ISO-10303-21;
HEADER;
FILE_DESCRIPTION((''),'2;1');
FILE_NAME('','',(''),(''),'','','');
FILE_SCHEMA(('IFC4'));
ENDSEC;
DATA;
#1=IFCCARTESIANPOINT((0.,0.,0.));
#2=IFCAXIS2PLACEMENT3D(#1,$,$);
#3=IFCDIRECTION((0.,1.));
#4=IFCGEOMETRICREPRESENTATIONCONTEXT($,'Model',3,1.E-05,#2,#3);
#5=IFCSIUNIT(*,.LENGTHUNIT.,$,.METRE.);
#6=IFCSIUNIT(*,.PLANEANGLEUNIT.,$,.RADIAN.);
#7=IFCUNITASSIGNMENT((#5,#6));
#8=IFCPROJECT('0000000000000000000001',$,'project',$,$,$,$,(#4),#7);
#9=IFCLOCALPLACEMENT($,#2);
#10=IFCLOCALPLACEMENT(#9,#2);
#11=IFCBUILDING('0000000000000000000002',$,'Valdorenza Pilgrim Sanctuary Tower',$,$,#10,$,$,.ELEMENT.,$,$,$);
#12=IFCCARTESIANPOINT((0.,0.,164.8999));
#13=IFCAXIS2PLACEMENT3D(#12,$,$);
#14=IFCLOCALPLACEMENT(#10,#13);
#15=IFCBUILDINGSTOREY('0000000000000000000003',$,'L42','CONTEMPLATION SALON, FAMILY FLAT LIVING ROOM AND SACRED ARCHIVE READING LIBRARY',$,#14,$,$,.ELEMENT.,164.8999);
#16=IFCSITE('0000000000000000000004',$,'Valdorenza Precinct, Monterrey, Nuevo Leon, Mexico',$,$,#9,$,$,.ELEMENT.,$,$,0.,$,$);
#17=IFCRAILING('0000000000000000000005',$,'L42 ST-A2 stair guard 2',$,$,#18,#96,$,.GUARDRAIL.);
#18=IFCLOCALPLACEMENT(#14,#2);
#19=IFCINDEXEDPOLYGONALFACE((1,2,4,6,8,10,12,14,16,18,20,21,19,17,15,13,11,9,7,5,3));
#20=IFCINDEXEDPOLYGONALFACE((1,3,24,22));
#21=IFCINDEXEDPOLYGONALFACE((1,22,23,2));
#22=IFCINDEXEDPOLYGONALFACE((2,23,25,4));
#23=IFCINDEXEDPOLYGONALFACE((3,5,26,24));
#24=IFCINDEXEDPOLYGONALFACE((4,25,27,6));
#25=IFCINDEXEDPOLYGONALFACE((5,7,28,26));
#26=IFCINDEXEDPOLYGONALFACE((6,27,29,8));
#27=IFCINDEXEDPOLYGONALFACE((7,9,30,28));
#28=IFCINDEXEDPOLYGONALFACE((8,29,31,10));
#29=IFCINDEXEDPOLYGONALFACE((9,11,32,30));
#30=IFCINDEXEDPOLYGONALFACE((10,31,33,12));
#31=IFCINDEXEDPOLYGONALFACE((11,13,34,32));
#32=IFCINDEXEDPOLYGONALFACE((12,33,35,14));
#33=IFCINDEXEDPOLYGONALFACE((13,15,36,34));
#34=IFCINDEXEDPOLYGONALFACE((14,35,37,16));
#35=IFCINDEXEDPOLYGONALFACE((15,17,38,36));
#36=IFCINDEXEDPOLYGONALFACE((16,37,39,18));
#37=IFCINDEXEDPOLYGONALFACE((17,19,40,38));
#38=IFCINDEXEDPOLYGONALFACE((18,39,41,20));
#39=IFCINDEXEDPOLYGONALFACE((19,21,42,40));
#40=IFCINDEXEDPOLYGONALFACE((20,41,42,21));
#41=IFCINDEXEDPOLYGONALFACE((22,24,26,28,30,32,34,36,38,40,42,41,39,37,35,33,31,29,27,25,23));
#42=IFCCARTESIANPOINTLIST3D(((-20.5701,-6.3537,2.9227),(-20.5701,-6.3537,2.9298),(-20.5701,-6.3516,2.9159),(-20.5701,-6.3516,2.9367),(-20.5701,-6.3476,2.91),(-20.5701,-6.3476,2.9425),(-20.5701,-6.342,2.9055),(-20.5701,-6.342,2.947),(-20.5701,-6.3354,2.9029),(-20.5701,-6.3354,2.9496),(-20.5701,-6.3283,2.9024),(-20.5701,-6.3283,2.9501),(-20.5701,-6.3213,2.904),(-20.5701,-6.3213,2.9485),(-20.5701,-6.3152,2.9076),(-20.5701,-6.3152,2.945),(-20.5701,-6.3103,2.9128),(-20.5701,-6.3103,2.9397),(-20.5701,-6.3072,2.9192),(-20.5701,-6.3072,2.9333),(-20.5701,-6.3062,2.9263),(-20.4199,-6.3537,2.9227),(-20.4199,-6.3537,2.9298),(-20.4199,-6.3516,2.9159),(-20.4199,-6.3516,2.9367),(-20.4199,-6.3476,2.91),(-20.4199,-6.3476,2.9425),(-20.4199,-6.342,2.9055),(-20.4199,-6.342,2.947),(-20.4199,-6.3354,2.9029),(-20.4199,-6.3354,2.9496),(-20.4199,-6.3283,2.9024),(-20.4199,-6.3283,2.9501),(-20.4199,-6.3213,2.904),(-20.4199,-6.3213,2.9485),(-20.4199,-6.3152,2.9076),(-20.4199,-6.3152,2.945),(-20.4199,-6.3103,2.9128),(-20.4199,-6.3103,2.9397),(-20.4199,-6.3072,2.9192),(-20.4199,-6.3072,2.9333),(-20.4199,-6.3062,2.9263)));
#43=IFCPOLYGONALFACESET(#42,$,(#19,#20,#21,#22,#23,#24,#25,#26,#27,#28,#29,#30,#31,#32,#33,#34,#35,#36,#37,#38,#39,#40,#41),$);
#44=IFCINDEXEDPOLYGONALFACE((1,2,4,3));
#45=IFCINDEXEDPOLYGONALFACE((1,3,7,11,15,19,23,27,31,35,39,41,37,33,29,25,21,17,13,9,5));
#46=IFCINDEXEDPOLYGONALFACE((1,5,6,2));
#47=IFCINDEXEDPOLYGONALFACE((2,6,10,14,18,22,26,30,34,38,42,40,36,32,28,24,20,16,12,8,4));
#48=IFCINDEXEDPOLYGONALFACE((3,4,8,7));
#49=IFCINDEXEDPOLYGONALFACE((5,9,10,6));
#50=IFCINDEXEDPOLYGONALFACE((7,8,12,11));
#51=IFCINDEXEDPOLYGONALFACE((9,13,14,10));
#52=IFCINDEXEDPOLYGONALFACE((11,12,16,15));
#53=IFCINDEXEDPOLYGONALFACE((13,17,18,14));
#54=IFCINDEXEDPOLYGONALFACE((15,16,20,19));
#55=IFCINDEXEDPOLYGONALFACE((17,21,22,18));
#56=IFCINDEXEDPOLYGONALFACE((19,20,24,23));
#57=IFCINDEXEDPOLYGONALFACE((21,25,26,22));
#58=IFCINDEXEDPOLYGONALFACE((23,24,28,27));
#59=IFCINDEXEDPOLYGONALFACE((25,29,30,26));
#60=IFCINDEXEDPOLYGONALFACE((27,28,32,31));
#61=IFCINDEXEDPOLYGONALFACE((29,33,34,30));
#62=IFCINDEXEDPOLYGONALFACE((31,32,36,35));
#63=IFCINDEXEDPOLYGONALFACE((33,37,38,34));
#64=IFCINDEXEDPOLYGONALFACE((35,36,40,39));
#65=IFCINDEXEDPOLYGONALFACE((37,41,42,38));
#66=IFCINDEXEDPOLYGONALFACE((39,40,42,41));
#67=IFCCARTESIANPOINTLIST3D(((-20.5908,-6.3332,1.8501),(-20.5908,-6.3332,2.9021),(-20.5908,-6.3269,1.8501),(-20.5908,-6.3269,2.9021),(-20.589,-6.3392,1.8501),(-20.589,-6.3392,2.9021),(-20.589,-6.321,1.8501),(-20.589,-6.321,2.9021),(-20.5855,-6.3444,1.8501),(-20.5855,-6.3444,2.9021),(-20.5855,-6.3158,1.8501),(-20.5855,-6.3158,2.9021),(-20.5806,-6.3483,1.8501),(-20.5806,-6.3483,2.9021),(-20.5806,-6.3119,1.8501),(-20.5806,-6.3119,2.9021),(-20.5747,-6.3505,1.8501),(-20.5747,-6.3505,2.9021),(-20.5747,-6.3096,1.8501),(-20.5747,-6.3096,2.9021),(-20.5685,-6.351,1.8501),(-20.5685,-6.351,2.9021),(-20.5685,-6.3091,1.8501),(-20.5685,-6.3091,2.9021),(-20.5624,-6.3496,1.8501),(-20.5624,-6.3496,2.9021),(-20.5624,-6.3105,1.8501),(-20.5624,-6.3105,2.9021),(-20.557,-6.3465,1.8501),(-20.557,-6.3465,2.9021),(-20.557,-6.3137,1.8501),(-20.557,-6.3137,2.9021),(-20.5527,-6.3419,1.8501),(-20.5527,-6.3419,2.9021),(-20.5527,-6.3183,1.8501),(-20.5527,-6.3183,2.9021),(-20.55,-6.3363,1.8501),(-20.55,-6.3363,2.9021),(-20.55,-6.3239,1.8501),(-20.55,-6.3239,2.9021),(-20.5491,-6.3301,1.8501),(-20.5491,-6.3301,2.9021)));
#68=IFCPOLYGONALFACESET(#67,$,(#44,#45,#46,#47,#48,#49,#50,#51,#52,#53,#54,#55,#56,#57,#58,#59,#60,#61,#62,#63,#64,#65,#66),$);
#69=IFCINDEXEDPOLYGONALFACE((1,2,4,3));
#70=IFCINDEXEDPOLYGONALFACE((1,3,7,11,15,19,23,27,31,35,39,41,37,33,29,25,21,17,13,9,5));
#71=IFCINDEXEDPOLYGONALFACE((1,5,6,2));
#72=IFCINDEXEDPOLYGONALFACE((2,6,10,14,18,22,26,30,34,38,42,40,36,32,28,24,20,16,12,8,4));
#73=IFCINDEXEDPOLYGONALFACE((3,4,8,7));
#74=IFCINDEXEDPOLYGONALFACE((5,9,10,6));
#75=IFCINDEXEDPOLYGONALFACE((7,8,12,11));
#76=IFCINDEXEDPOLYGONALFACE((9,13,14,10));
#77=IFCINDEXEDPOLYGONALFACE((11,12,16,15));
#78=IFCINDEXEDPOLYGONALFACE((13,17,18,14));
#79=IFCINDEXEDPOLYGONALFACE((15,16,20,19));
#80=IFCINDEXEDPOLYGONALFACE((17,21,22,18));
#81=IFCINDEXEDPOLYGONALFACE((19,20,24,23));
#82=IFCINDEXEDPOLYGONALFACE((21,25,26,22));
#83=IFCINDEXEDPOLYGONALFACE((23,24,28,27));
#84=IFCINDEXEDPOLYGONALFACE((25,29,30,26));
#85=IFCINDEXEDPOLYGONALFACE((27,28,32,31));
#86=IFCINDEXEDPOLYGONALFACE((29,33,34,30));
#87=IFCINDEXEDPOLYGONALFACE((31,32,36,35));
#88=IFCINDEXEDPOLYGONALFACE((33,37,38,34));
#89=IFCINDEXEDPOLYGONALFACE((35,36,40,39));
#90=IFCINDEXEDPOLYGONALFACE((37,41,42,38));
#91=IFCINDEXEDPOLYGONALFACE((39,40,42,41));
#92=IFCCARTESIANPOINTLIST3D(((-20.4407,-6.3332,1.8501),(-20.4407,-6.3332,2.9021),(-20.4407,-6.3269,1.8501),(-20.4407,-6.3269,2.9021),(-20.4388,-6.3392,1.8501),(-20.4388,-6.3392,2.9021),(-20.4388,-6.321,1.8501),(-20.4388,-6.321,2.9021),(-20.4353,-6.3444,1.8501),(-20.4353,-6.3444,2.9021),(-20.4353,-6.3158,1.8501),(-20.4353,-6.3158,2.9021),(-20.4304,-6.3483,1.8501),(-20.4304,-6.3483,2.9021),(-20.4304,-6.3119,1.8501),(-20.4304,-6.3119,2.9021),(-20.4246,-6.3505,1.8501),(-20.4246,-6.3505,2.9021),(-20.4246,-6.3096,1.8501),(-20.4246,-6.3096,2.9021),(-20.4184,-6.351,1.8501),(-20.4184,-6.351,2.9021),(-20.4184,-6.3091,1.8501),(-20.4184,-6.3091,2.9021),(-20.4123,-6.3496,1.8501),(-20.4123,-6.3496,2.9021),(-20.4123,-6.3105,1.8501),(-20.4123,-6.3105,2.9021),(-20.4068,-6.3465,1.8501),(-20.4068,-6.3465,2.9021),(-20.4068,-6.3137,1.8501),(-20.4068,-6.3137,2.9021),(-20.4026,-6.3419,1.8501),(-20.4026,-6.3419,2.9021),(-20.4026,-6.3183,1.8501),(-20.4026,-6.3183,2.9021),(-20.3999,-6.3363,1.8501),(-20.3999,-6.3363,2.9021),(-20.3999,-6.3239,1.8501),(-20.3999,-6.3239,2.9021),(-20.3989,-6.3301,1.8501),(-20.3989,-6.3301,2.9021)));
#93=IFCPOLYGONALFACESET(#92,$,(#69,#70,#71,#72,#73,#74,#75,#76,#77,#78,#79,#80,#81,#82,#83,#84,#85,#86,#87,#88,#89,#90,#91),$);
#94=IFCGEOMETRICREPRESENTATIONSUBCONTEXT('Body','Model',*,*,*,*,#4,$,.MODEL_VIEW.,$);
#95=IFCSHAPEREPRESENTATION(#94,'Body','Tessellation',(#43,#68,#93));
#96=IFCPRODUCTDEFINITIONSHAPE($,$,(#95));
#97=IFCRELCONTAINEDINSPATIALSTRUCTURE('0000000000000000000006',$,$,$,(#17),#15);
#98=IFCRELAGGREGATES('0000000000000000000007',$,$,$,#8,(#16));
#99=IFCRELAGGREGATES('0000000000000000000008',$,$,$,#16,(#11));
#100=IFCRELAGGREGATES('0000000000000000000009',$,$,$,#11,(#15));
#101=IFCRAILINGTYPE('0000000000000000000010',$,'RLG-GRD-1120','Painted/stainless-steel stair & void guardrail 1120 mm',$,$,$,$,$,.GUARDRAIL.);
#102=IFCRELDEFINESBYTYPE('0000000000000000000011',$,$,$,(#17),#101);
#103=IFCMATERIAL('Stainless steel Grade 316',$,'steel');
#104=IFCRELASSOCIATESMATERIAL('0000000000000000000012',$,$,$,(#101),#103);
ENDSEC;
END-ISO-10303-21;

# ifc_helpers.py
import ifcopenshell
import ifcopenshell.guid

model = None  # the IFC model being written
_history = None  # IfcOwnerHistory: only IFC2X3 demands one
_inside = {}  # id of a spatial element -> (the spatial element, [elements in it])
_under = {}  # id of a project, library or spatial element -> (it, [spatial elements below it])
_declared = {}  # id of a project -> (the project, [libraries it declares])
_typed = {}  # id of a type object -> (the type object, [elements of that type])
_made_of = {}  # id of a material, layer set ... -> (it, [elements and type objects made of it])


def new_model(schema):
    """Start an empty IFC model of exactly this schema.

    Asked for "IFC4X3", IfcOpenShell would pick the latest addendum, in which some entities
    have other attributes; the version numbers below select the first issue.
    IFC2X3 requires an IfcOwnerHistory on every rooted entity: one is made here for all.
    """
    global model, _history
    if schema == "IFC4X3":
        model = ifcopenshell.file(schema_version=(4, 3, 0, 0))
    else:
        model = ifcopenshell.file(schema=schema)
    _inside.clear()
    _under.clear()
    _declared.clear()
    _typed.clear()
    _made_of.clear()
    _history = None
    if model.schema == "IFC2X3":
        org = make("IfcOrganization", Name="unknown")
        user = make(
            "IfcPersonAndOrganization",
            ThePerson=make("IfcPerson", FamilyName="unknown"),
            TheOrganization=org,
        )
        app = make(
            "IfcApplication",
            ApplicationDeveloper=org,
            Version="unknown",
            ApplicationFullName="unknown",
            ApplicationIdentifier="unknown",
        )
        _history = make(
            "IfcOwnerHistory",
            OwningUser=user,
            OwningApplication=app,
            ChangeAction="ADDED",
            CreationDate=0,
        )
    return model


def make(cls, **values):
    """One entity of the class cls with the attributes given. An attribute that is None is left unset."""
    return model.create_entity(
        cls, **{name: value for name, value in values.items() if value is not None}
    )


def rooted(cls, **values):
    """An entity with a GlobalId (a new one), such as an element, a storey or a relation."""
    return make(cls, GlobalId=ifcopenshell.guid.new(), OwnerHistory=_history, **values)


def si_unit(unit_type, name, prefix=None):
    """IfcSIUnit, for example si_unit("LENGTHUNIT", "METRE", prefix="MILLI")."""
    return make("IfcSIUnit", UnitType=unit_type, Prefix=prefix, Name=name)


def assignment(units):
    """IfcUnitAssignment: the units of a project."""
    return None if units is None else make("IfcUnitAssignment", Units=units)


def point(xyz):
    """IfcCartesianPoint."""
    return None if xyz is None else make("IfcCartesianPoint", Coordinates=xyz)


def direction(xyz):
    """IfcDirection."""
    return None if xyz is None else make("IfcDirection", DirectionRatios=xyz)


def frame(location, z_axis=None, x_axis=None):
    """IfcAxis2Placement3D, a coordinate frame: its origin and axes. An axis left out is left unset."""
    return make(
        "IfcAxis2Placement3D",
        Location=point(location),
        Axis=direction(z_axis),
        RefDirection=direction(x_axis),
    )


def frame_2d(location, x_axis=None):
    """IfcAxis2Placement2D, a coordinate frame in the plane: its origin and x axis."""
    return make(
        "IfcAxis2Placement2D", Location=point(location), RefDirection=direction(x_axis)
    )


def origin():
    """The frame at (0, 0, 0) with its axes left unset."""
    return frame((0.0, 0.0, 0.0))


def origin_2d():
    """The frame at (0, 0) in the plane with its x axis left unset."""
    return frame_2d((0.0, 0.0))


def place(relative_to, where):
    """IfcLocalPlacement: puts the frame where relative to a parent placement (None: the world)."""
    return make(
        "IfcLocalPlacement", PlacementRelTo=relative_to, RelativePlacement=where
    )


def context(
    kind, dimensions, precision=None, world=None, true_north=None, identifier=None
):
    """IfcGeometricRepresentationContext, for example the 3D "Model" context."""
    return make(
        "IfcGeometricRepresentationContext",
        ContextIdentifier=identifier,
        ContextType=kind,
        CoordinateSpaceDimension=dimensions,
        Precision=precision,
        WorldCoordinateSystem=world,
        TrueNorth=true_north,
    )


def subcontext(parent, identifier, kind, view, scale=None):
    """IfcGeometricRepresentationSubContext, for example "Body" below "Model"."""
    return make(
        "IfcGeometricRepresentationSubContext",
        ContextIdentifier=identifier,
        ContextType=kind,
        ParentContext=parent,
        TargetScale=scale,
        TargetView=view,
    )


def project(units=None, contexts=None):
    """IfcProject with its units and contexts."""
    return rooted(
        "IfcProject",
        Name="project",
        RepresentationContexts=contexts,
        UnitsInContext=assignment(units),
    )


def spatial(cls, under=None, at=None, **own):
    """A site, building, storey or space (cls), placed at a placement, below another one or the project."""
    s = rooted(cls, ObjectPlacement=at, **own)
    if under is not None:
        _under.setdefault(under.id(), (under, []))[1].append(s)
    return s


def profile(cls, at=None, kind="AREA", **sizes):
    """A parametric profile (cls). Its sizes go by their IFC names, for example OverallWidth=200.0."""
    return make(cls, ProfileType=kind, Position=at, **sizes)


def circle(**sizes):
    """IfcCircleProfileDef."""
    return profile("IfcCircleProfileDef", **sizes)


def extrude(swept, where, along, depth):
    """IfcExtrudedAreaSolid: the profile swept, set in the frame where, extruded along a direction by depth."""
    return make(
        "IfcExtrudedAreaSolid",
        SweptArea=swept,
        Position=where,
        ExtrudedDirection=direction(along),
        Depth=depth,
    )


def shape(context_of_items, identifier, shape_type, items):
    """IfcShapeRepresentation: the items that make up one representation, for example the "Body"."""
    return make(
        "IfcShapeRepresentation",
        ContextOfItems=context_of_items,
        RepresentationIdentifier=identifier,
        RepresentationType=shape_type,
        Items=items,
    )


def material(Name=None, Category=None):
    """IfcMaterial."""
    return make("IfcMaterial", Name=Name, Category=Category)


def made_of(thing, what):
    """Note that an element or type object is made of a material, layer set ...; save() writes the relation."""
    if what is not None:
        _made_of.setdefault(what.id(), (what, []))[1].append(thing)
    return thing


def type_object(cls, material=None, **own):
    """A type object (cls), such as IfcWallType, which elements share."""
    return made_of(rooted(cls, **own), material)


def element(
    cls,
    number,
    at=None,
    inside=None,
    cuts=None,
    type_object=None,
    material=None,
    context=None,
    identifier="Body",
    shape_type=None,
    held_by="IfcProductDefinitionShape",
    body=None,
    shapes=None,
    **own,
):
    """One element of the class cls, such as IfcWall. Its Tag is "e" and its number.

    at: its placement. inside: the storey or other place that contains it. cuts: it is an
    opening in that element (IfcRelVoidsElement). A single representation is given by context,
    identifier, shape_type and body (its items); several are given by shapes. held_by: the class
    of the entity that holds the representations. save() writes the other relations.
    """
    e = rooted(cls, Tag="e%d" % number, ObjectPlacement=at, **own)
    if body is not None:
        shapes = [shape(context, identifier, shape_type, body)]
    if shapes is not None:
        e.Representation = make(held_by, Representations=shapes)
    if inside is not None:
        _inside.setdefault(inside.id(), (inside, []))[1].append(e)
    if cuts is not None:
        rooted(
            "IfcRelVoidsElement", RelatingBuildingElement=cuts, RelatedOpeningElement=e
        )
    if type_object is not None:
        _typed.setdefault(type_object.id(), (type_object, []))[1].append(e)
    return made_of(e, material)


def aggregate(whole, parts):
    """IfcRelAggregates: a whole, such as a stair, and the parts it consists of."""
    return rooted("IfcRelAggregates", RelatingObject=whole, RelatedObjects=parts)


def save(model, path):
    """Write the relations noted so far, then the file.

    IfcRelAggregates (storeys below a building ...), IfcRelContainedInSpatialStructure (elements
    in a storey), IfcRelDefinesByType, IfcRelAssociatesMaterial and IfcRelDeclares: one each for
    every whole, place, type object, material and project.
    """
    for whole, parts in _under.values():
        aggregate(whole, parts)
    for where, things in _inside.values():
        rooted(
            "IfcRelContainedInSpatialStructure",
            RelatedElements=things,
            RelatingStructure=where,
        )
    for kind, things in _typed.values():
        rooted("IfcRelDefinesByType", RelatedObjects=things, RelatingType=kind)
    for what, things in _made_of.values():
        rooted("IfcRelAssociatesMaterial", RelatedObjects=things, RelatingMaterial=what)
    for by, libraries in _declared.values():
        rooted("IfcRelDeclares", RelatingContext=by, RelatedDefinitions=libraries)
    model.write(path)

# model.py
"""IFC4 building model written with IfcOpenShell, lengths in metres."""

from ifc_helpers import new_model, si_unit, direction, frame, origin, origin_2d, place, context, subcontext, project, spatial, circle, extrude, material, type_object, element, save


model = new_model("IFC4")

# Units and contexts
model_context = context("Model", 3, precision=1e-05, world=origin(), true_north=direction((0.0, 1.0)))
body_context = subcontext(model_context, "Body", "Model", "MODEL_VIEW")
ifc_project = project(units=[si_unit("LENGTHUNIT", "METRE"), si_unit("PLANEANGLEUNIT", "RADIAN")], contexts=[model_context])

# Site, building, storey
site_placement = place(None, origin())
site = spatial("IfcSite", under=ifc_project, at=site_placement, Name="Valdorenza Precinct, Monterrey, Nuevo Leon, Mexico", CompositionType="ELEMENT", RefElevation=0.0)
building_placement = place(site_placement, origin())
building = spatial("IfcBuilding", under=site, at=building_placement, Name="Valdorenza Pilgrim Sanctuary Tower", CompositionType="ELEMENT")
storey_placement = place(building_placement, frame((0.0, 0.0, 164.8999)))
storey = spatial("IfcBuildingStorey", under=building, at=storey_placement, Name="L42", Description="CONTEMPLATION SALON, FAMILY FLAT LIVING ROOM AND SACRED ARCHIVE READING LIBRARY", CompositionType="ELEMENT", Elevation=164.8999)

# Railing
ifc_material_1 = material(Name="Stainless steel Grade 316", Category="steel")
railing_type_1 = type_object("IfcRailingType", Name="RLG-GRD-1120", Description="Painted/stainless-steel stair & void guardrail 1120 mm", PredefinedType="GUARDRAIL", material=ifc_material_1)
railing_1_placement = place(storey_placement, frame((-20.5701, -6.3301, 1.8501)))
element("IfcRailing", 1, at=railing_1_placement, inside=storey, type_object=railing_type_1, Name="L42 ST-A2 stair guard 2", PredefinedType="GUARDRAIL", context=body_context, shape_type="SweptSolid", body=[
    extrude(circle(Radius=0.0239, at=origin_2d()), frame((0.0, 0.0, 1.0762), z_axis=(1.0, 0.0, 0.0), x_axis=(0.0, 1.0, 0.0)), (0.0, 0.0, 1.0), 0.1501),
    extrude(circle(Radius=0.021, at=origin_2d()), origin(), (0.0, 0.0, 1.0), 1.052),
    extrude(circle(Radius=0.021, at=origin_2d()), frame((0.1501, 0.0, 0.0)), (0.0, 0.0, 1.0), 1.052),
])

save(model, "model.ifc")
